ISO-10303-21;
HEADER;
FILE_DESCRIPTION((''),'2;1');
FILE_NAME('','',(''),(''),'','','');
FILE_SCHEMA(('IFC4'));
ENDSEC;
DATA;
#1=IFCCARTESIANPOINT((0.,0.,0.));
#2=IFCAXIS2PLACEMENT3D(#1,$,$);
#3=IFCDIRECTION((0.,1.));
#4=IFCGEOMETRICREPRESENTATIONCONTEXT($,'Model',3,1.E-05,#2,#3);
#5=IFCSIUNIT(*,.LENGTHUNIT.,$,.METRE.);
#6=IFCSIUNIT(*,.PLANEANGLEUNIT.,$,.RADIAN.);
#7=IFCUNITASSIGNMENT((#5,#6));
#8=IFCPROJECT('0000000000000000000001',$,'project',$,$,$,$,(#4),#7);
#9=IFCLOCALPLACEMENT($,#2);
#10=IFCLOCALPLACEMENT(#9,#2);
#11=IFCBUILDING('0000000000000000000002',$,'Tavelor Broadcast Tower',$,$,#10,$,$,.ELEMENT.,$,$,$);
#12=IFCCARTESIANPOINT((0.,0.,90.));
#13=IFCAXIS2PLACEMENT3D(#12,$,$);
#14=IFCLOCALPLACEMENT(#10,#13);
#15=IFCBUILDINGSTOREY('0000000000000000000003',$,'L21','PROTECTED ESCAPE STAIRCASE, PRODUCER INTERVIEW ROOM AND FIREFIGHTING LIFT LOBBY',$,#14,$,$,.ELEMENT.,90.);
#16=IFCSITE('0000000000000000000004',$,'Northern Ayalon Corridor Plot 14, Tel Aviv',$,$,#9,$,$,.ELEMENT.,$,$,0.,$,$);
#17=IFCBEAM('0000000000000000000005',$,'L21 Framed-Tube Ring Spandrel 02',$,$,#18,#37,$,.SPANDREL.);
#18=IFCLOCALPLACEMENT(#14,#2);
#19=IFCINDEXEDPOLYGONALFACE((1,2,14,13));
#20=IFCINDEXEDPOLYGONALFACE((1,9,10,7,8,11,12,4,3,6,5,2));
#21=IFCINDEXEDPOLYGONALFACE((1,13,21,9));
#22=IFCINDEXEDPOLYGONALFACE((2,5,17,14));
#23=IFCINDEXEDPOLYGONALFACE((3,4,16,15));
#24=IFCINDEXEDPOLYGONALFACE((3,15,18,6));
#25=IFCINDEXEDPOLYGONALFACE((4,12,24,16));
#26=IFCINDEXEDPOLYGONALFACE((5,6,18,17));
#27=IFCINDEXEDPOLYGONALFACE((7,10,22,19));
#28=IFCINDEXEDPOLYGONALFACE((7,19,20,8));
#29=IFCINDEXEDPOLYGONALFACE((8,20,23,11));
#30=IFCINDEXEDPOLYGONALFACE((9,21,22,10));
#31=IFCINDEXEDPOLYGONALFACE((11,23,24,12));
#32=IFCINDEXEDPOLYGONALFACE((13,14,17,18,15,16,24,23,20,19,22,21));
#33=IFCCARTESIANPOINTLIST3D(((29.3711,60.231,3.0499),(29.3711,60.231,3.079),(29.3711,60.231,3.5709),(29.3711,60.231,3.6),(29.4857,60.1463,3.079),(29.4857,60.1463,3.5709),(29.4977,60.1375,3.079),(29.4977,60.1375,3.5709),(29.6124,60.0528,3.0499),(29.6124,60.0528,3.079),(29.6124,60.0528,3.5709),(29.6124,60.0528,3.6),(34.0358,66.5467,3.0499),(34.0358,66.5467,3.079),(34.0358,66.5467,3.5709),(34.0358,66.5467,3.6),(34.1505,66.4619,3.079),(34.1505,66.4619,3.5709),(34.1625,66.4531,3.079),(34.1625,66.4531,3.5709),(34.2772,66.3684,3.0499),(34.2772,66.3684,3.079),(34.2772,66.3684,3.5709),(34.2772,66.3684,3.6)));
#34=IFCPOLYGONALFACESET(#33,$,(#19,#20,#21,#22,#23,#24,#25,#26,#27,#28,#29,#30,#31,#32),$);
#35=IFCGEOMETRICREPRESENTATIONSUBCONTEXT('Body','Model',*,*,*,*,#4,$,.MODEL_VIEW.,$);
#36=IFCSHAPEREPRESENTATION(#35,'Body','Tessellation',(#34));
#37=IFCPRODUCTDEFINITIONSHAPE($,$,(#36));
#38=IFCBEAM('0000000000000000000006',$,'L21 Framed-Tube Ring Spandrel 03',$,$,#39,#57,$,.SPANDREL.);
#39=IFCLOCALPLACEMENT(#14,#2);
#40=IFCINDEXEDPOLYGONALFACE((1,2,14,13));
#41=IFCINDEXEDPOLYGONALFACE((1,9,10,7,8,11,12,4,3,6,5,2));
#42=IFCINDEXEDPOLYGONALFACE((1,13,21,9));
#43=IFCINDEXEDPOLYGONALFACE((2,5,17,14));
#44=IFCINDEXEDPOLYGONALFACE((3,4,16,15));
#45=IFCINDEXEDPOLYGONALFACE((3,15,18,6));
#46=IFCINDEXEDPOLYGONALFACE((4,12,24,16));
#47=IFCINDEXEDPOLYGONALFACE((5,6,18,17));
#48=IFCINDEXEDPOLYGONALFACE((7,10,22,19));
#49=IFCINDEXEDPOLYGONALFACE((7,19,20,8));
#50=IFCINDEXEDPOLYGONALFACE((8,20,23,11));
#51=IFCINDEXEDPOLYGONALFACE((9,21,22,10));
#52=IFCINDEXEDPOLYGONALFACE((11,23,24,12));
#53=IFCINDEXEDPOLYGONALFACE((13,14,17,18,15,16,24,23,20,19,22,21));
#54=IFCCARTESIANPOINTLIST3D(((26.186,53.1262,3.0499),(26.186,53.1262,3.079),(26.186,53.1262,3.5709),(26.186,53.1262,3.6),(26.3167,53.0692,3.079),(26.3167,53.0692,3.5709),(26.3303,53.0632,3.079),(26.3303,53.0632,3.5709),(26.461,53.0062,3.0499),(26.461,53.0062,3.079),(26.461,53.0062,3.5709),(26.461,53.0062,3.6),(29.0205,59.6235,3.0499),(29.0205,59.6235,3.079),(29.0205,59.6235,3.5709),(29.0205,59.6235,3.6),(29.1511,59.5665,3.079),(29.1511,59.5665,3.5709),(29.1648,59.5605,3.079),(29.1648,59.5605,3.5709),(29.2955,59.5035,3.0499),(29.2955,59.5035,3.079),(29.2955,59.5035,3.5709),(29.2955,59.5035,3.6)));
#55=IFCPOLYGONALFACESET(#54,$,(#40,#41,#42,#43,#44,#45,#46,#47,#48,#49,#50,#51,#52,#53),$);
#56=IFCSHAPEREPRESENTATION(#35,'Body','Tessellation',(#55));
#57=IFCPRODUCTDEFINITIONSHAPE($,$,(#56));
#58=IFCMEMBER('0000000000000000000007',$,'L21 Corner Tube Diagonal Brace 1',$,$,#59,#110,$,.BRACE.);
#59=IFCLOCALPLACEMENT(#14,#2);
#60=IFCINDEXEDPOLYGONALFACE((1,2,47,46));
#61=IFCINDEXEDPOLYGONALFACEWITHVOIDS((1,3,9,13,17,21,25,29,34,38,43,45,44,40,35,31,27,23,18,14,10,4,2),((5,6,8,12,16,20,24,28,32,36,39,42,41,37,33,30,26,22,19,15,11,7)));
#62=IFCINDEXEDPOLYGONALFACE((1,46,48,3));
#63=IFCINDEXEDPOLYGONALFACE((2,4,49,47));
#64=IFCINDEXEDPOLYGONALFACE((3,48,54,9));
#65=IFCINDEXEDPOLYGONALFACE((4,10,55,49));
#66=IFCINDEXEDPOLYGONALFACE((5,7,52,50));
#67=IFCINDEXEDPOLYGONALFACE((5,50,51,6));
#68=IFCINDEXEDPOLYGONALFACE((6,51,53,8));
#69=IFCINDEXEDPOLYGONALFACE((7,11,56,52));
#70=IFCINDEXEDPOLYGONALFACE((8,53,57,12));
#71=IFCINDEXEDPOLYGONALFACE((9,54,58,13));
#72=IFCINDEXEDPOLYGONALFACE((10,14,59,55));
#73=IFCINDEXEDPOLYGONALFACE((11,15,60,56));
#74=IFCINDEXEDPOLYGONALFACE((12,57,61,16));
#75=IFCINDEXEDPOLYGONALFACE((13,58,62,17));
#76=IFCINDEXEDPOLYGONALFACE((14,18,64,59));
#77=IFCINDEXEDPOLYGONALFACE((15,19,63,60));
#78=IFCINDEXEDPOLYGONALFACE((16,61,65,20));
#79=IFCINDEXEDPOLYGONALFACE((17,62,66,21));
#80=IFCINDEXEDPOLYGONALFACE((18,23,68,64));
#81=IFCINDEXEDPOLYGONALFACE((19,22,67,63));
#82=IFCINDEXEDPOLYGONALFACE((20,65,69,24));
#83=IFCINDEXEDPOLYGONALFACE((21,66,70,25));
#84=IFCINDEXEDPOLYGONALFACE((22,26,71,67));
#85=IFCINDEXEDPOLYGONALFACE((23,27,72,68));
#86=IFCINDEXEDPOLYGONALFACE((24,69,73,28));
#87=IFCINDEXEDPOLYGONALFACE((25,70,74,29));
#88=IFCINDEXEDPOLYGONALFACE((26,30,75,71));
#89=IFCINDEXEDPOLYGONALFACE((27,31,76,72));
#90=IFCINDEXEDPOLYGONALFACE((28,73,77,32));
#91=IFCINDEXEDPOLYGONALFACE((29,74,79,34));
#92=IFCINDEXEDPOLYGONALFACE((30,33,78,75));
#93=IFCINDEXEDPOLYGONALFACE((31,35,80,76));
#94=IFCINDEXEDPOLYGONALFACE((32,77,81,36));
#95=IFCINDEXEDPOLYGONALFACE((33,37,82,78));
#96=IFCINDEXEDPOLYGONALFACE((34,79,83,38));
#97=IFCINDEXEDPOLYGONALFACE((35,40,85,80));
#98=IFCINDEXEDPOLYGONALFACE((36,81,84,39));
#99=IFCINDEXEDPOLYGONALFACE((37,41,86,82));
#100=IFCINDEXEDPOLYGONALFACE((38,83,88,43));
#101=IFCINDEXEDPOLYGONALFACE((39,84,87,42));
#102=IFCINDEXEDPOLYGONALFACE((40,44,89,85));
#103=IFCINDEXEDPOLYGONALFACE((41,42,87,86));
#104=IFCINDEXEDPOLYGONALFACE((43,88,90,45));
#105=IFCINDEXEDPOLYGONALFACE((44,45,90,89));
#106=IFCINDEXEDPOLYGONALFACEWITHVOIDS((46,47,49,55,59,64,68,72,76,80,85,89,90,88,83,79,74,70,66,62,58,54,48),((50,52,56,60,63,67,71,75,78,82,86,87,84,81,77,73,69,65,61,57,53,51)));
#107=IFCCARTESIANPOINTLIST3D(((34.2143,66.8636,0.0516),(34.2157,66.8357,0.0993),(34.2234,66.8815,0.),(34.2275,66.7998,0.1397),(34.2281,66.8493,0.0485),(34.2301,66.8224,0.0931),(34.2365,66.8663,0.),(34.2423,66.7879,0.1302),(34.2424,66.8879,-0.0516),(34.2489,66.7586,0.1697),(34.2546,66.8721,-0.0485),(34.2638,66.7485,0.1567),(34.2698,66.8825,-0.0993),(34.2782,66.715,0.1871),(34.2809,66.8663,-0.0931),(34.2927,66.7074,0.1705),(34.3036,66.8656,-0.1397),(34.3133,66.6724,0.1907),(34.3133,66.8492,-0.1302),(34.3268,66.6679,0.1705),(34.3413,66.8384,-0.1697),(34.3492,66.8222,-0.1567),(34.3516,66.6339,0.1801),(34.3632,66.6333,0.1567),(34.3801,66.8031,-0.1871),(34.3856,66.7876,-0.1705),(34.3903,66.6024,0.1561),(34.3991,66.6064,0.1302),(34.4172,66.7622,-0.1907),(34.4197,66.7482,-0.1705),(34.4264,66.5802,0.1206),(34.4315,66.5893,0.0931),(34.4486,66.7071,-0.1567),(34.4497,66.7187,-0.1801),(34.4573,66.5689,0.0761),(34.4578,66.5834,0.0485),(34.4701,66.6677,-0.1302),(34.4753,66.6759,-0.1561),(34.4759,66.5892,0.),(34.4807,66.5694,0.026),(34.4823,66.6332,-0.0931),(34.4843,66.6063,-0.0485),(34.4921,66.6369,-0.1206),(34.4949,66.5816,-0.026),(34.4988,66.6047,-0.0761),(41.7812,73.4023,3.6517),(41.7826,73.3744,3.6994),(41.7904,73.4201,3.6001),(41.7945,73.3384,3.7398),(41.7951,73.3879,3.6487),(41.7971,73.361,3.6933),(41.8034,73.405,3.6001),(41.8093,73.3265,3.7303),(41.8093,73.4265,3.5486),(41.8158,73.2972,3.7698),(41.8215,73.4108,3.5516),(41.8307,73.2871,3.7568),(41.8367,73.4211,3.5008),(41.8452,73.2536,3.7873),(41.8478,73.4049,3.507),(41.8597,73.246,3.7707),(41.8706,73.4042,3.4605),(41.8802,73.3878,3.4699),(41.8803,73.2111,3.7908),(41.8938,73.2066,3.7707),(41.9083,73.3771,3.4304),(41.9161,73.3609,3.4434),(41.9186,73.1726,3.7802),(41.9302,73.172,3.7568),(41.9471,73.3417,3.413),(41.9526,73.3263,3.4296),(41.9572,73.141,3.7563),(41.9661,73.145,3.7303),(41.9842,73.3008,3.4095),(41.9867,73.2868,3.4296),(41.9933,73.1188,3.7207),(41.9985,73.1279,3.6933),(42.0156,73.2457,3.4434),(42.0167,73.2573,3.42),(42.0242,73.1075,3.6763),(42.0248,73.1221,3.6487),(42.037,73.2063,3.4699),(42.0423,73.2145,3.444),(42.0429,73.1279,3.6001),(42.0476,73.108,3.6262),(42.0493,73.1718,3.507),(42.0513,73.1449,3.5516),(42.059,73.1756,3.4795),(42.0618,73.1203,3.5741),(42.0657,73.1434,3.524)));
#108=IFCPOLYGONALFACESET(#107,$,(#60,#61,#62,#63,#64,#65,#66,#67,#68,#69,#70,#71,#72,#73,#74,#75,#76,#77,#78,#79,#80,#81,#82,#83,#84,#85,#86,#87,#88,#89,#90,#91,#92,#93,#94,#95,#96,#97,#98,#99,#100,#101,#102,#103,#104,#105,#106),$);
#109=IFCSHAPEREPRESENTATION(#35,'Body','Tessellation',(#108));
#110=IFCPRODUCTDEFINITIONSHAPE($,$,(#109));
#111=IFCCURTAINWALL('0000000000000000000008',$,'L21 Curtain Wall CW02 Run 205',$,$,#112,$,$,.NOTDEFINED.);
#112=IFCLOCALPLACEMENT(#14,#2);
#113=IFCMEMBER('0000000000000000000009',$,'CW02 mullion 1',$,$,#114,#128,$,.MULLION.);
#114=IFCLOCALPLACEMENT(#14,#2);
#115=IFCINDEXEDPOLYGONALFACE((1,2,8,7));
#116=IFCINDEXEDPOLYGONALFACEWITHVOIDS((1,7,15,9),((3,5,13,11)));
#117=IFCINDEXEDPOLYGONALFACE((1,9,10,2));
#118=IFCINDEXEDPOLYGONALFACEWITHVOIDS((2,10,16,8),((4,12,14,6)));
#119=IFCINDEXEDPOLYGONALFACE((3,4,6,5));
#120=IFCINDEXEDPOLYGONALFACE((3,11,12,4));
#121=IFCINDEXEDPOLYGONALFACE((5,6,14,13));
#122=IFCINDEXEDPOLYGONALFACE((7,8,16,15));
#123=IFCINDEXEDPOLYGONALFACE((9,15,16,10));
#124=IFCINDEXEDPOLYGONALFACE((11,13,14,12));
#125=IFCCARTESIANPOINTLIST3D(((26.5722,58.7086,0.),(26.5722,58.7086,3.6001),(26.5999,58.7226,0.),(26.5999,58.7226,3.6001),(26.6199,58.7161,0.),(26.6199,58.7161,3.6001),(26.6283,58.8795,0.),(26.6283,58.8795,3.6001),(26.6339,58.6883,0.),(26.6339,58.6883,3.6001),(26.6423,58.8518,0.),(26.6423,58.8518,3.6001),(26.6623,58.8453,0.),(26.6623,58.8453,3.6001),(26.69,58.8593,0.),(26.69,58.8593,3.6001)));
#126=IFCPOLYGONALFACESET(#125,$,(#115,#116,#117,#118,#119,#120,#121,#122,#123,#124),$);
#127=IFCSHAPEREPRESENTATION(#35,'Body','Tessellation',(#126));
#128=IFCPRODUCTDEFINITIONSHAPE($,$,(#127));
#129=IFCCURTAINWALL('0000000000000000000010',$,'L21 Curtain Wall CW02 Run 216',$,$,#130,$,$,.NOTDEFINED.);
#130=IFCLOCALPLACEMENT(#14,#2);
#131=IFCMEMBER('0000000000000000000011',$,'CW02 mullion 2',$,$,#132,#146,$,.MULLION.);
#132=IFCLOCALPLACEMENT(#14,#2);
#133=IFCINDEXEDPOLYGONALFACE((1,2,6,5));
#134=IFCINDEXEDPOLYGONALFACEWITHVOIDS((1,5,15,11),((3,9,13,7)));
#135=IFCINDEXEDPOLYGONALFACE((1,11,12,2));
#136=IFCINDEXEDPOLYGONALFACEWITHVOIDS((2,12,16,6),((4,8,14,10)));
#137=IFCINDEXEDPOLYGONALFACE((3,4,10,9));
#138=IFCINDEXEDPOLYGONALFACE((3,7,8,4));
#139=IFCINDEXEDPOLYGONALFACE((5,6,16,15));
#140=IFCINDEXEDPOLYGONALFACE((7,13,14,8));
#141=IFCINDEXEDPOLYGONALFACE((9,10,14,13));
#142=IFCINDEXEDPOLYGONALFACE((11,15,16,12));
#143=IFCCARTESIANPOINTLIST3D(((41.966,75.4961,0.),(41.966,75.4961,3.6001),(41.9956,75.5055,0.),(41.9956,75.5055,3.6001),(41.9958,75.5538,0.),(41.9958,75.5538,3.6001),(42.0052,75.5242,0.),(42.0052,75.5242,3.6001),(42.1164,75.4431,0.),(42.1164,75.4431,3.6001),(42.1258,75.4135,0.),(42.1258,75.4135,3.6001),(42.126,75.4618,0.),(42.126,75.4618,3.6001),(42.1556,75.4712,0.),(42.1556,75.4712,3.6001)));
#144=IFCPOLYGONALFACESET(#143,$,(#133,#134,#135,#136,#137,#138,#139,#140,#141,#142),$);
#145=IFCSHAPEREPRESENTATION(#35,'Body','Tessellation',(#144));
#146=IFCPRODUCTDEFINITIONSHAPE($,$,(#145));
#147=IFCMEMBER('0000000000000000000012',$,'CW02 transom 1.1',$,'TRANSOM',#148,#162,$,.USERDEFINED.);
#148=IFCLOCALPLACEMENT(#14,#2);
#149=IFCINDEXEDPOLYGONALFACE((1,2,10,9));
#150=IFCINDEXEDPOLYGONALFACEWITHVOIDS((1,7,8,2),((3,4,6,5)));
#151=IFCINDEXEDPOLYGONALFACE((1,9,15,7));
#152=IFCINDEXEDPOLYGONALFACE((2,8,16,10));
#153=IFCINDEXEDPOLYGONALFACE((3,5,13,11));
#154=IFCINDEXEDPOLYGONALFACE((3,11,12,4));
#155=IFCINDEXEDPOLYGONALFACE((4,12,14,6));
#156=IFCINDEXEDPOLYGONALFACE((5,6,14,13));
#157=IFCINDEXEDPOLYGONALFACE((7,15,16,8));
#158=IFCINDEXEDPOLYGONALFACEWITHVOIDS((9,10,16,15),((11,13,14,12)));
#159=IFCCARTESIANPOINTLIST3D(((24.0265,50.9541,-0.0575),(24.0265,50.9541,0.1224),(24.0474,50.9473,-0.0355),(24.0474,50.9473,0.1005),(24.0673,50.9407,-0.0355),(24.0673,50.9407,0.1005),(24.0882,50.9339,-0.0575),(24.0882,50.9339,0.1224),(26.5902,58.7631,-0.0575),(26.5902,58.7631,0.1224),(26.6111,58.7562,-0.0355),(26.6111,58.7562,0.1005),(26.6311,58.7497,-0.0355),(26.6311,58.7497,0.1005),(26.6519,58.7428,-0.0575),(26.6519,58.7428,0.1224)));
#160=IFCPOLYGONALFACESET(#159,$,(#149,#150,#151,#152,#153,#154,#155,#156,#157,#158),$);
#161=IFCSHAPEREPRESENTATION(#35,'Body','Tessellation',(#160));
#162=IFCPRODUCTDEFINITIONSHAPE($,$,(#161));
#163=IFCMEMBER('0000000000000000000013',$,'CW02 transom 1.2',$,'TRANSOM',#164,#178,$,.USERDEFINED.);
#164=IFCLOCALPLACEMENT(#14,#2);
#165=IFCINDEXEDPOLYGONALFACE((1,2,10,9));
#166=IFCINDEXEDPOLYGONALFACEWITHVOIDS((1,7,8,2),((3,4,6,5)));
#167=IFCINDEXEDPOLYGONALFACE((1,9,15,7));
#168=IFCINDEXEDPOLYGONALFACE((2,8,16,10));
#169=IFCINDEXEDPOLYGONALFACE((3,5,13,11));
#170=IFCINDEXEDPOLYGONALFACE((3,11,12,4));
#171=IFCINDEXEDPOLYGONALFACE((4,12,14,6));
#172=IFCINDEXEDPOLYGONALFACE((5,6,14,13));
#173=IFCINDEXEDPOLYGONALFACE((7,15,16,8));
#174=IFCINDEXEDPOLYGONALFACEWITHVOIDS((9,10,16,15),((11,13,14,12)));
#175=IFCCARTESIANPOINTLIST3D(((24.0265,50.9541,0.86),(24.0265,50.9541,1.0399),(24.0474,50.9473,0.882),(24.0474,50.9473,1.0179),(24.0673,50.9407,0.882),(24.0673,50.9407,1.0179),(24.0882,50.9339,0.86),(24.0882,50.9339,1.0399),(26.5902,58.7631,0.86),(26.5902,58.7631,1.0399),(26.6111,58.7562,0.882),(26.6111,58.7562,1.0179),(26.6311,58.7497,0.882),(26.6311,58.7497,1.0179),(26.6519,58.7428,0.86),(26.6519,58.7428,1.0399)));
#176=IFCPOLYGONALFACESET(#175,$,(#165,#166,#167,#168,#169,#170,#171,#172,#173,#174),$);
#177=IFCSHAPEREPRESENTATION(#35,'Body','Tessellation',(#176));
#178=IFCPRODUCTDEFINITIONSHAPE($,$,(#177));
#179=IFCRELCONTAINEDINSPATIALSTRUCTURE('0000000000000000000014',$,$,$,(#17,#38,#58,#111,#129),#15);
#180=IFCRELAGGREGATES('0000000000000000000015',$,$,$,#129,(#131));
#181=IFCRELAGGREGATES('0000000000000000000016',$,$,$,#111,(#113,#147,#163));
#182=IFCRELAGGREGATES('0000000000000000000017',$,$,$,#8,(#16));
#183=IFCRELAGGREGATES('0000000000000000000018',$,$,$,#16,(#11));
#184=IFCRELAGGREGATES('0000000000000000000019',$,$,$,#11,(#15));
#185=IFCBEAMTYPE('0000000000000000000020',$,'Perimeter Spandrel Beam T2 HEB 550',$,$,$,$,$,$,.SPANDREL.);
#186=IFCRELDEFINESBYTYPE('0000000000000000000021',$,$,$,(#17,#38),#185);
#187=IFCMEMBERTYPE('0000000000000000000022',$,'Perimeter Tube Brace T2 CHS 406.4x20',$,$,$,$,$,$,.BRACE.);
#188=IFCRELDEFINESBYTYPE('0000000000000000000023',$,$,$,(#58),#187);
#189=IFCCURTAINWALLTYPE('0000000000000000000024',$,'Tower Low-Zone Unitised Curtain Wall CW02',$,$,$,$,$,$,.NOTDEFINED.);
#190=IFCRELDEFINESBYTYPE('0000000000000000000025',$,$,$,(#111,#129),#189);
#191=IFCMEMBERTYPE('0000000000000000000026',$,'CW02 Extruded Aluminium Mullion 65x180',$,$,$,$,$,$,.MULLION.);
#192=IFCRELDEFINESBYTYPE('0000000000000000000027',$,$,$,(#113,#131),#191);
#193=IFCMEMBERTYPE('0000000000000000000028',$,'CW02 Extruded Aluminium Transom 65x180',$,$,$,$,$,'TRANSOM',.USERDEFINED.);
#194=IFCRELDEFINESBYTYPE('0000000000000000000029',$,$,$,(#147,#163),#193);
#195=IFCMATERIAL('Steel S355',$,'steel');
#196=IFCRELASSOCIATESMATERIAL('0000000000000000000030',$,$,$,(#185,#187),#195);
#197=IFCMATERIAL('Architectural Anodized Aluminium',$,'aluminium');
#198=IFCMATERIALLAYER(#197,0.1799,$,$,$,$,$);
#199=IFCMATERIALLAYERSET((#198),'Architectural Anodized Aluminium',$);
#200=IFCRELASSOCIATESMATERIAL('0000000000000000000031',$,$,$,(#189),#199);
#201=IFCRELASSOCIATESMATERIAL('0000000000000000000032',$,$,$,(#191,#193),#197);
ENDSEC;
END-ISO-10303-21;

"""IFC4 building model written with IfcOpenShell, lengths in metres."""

from ifc_helpers import new_model, si_unit, direction, frame, origin, origin_2d, place, context, subcontext, project, spatial, hollow_rectangle, hollow_circle, i_section, extrude, source, transform, mapped, material, layer, layer_set, material_profile, profile_set, type_object, type_shapes, element, aggregate, save


model = new_model("IFC4")

# Units and contexts
model_context = context("Model", 3, precision=1e-05, world=origin(), true_north=direction((0.0, 1.0)))
body_context = subcontext(model_context, "Body", "Model", "MODEL_VIEW")
ifc_project = project(units=[si_unit("LENGTHUNIT", "METRE"), si_unit("PLANEANGLEUNIT", "RADIAN")], contexts=[model_context])

# Site, building, storey
site_placement = place(None, origin())
site = spatial("IfcSite", under=ifc_project, at=site_placement, Name="Northern Ayalon Corridor Plot 14, Tel Aviv", CompositionType="ELEMENT", RefElevation=0.0)
building_placement = place(site_placement, origin())
building = spatial("IfcBuilding", under=site, at=building_placement, Name="Tavelor Broadcast Tower", CompositionType="ELEMENT")
storey_placement = place(building_placement, frame((0.0, 0.0, 90.0)))
storey = spatial("IfcBuildingStorey", under=building, at=storey_placement, Name="L21", Description="PROTECTED ESCAPE STAIRCASE, PRODUCER INTERVIEW ROOM AND FIREFIGHTING LIFT LOBBY", CompositionType="ELEMENT", Elevation=90.0)

# Beams
ifc_material_1 = material(Name="Steel S355", Category="steel")
ifc_material_profile_1 = material_profile(ifc_material_1, i_section(OverallWidth=0.3, OverallDepth=0.55, WebThickness=0.0149, FlangeThickness=0.0291, at=origin_2d()), Name="HEB 550")
ifc_profile_set_1 = profile_set([ifc_material_profile_1], Name="Steel S355")
beam_type_1 = type_object("IfcBeamType", Name="Perimeter Spandrel Beam T2 HEB 550", PredefinedType="SPANDREL", material=ifc_profile_set_1)
beam_1_placement = place(storey_placement, frame((34.1565, 66.4575, 3.325), z_axis=(-0.594118, -0.804378, 0.0), x_axis=(0.804378, -0.594118, 0.0)))
element("IfcBeam", 1, at=beam_1_placement, inside=storey, type_object=beam_type_1, Name="L21 Framed-Tube Ring Spandrel 02", PredefinedType="SPANDREL", context=body_context, shape_type="SweptSolid", body=[
    extrude(i_section(OverallWidth=0.3, OverallDepth=0.55, WebThickness=0.0149, FlangeThickness=0.0291, at=origin_2d()), origin(), (0.0, 0.0, 1.0), 7.8516),
])
beam_2_placement = place(storey_placement, frame((29.158, 59.5635, 3.325), z_axis=(-0.399859, -0.916577, 0.0), x_axis=(0.916577, -0.399859, 0.0)))
element("IfcBeam", 2, at=beam_2_placement, inside=storey, type_object=beam_type_1, Name="L21 Framed-Tube Ring Spandrel 03", PredefinedType="SPANDREL", context=body_context, shape_type="SweptSolid", body=[
    extrude(i_section(OverallWidth=0.3, OverallDepth=0.55, WebThickness=0.0149, FlangeThickness=0.0291, at=origin_2d()), origin(), (0.0, 0.0, 1.0), 7.0886),
])

# Member
ifc_material_profile_2 = material_profile(ifc_material_1, hollow_circle(Radius=0.2031, WallThickness=0.02, at=origin_2d()), Name="CHS 406.4x20")
ifc_profile_set_2 = profile_set([ifc_material_profile_2], Name="Steel S355")
member_type_1 = type_object("IfcMemberType", Name="Perimeter Tube Brace T2 CHS 406.4x20", PredefinedType="BRACE", material=ifc_profile_set_2)
member_1_placement = place(storey_placement, frame((34.3562, 66.7278, 0.0), z_axis=(0.711923, 0.615175, 0.338711), x_axis=(-0.653822, 0.756648, 0.0)))
element("IfcMember", 3, at=member_1_placement, inside=storey, type_object=member_type_1, Name="L21 Corner Tube Diagonal Brace 1", PredefinedType="BRACE", context=body_context, shape_type="SweptSolid", body=[
    extrude(hollow_circle(Radius=0.2031, WallThickness=0.02, at=origin_2d()), origin(), (0.0, 0.0, 1.0), 10.6289),
])

# Curtain walls, members
ifc_material_2 = material(Name="Architectural Anodized Aluminium", Category="aluminium")
ifc_layer_1 = layer(ifc_material_2, 0.1799)
ifc_layer_set_1 = layer_set([ifc_layer_1], Name="Architectural Anodized Aluminium")
curtain_wall_type = type_object("IfcCurtainWallType", Name="Tower Low-Zone Unitised Curtain Wall CW02", PredefinedType="NOTDEFINED", material=ifc_layer_set_1)
curtain_wall_1_placement = place(storey_placement, origin())
curtain_wall_1 = element("IfcCurtainWall", 4, at=curtain_wall_1_placement, inside=storey, type_object=curtain_wall_type, Name="L21 Curtain Wall CW02 Run 205", PredefinedType="NOTDEFINED")
ifc_material_profile_3 = material_profile(ifc_material_2, hollow_rectangle(XDim=0.0649, YDim=0.1799, WallThickness=0.022, at=origin_2d()), Name="RHS 65x180x22")
ifc_profile_set_3 = profile_set([ifc_material_profile_3], Name="Architectural Anodized Aluminium")
member_type_2 = type_object("IfcMemberType", Name="CW02 Extruded Aluminium Mullion 65x180", PredefinedType="MULLION", material=ifc_profile_set_3)
shared_shape_1 = source(origin(), body_context, "Body", "SweptSolid", [
    extrude(hollow_rectangle(XDim=0.0649, YDim=0.1799, WallThickness=0.022, at=origin_2d()), origin(), (0.0, 0.0, 1.0), 3.6001),
])
type_shapes(member_type_2, [shared_shape_1])
member_2_placement = place(storey_placement, frame((26.6311, 58.7839, 0.0), z_axis=(0.0, 0.0, 1.0), x_axis=(0.950105, -0.311931, 0.0)))
member_2 = element("IfcMember", 5, at=member_2_placement, type_object=member_type_2, Name="CW02 mullion 1", PredefinedType="MULLION", context=body_context, shape_type="MappedRepresentation", body=[
    mapped(shared_shape_1, transform((0.0, 0.0, 0.0), scale=1.0)),
])
curtain_wall_2_placement = place(storey_placement, origin())
curtain_wall_2 = element("IfcCurtainWall", 6, at=curtain_wall_2_placement, inside=storey, type_object=curtain_wall_type, Name="L21 Curtain Wall CW02 Run 216", PredefinedType="NOTDEFINED")
member_3_placement = place(storey_placement, frame((42.0608, 75.4836, 0.0), z_axis=(0.0, 0.0, 1.0), x_axis=(-0.459012, -0.88843, 0.0)))
member_3 = element("IfcMember", 7, at=member_3_placement, type_object=member_type_2, Name="CW02 mullion 2", PredefinedType="MULLION", context=body_context, shape_type="MappedRepresentation", body=[
    mapped(shared_shape_1, transform((0.0, 0.0, 0.0), scale=1.0)),
])
aggregate(curtain_wall_2, [member_3])

# Members
ifc_material_profile_4 = material_profile(ifc_material_2, hollow_rectangle(XDim=0.0649, YDim=0.1799, WallThickness=0.022, at=origin_2d()), Name="RHS 65x180x22")
ifc_profile_set_4 = profile_set([ifc_material_profile_4], Name="Architectural Anodized Aluminium")
member_type_3 = type_object("IfcMemberType", Name="CW02 Extruded Aluminium Transom 65x180", ElementType="TRANSOM", PredefinedType="USERDEFINED", material=ifc_profile_set_4)
shared_shape_2 = source(origin(), body_context, "Body", "SweptSolid", [
    extrude(hollow_rectangle(XDim=0.0649, YDim=0.1799, WallThickness=0.022, at=origin_2d()), origin(), (0.0, 0.0, 1.0), 8.219),
])
type_shapes(member_type_3, [shared_shape_2])
member_4_placement = place(storey_placement, frame((26.6211, 58.7529, 0.0325), z_axis=(-0.311929, -0.950105, 0.0), x_axis=(0.950105, -0.311929, 0.0)))
member_4 = element("IfcMember", 8, at=member_4_placement, type_object=member_type_3, Name="CW02 transom 1.1", ObjectType="TRANSOM", PredefinedType="USERDEFINED", context=body_context, shape_type="MappedRepresentation", body=[
    mapped(shared_shape_2, transform((0.0, 0.0, 0.0), scale=1.0)),
])
member_5_placement = place(storey_placement, frame((26.6211, 58.7529, 0.95), z_axis=(-0.311929, -0.950105, 0.0), x_axis=(0.950105, -0.311929, 0.0)))
member_5 = element("IfcMember", 9, at=member_5_placement, type_object=member_type_3, Name="CW02 transom 1.2", ObjectType="TRANSOM", PredefinedType="USERDEFINED", context=body_context, shape_type="MappedRepresentation", body=[
    mapped(shared_shape_2, transform((0.0, 0.0, 0.0), scale=1.0)),
])
aggregate(curtain_wall_1, [member_2, member_4, member_5])

save(model, "model.ifc")
